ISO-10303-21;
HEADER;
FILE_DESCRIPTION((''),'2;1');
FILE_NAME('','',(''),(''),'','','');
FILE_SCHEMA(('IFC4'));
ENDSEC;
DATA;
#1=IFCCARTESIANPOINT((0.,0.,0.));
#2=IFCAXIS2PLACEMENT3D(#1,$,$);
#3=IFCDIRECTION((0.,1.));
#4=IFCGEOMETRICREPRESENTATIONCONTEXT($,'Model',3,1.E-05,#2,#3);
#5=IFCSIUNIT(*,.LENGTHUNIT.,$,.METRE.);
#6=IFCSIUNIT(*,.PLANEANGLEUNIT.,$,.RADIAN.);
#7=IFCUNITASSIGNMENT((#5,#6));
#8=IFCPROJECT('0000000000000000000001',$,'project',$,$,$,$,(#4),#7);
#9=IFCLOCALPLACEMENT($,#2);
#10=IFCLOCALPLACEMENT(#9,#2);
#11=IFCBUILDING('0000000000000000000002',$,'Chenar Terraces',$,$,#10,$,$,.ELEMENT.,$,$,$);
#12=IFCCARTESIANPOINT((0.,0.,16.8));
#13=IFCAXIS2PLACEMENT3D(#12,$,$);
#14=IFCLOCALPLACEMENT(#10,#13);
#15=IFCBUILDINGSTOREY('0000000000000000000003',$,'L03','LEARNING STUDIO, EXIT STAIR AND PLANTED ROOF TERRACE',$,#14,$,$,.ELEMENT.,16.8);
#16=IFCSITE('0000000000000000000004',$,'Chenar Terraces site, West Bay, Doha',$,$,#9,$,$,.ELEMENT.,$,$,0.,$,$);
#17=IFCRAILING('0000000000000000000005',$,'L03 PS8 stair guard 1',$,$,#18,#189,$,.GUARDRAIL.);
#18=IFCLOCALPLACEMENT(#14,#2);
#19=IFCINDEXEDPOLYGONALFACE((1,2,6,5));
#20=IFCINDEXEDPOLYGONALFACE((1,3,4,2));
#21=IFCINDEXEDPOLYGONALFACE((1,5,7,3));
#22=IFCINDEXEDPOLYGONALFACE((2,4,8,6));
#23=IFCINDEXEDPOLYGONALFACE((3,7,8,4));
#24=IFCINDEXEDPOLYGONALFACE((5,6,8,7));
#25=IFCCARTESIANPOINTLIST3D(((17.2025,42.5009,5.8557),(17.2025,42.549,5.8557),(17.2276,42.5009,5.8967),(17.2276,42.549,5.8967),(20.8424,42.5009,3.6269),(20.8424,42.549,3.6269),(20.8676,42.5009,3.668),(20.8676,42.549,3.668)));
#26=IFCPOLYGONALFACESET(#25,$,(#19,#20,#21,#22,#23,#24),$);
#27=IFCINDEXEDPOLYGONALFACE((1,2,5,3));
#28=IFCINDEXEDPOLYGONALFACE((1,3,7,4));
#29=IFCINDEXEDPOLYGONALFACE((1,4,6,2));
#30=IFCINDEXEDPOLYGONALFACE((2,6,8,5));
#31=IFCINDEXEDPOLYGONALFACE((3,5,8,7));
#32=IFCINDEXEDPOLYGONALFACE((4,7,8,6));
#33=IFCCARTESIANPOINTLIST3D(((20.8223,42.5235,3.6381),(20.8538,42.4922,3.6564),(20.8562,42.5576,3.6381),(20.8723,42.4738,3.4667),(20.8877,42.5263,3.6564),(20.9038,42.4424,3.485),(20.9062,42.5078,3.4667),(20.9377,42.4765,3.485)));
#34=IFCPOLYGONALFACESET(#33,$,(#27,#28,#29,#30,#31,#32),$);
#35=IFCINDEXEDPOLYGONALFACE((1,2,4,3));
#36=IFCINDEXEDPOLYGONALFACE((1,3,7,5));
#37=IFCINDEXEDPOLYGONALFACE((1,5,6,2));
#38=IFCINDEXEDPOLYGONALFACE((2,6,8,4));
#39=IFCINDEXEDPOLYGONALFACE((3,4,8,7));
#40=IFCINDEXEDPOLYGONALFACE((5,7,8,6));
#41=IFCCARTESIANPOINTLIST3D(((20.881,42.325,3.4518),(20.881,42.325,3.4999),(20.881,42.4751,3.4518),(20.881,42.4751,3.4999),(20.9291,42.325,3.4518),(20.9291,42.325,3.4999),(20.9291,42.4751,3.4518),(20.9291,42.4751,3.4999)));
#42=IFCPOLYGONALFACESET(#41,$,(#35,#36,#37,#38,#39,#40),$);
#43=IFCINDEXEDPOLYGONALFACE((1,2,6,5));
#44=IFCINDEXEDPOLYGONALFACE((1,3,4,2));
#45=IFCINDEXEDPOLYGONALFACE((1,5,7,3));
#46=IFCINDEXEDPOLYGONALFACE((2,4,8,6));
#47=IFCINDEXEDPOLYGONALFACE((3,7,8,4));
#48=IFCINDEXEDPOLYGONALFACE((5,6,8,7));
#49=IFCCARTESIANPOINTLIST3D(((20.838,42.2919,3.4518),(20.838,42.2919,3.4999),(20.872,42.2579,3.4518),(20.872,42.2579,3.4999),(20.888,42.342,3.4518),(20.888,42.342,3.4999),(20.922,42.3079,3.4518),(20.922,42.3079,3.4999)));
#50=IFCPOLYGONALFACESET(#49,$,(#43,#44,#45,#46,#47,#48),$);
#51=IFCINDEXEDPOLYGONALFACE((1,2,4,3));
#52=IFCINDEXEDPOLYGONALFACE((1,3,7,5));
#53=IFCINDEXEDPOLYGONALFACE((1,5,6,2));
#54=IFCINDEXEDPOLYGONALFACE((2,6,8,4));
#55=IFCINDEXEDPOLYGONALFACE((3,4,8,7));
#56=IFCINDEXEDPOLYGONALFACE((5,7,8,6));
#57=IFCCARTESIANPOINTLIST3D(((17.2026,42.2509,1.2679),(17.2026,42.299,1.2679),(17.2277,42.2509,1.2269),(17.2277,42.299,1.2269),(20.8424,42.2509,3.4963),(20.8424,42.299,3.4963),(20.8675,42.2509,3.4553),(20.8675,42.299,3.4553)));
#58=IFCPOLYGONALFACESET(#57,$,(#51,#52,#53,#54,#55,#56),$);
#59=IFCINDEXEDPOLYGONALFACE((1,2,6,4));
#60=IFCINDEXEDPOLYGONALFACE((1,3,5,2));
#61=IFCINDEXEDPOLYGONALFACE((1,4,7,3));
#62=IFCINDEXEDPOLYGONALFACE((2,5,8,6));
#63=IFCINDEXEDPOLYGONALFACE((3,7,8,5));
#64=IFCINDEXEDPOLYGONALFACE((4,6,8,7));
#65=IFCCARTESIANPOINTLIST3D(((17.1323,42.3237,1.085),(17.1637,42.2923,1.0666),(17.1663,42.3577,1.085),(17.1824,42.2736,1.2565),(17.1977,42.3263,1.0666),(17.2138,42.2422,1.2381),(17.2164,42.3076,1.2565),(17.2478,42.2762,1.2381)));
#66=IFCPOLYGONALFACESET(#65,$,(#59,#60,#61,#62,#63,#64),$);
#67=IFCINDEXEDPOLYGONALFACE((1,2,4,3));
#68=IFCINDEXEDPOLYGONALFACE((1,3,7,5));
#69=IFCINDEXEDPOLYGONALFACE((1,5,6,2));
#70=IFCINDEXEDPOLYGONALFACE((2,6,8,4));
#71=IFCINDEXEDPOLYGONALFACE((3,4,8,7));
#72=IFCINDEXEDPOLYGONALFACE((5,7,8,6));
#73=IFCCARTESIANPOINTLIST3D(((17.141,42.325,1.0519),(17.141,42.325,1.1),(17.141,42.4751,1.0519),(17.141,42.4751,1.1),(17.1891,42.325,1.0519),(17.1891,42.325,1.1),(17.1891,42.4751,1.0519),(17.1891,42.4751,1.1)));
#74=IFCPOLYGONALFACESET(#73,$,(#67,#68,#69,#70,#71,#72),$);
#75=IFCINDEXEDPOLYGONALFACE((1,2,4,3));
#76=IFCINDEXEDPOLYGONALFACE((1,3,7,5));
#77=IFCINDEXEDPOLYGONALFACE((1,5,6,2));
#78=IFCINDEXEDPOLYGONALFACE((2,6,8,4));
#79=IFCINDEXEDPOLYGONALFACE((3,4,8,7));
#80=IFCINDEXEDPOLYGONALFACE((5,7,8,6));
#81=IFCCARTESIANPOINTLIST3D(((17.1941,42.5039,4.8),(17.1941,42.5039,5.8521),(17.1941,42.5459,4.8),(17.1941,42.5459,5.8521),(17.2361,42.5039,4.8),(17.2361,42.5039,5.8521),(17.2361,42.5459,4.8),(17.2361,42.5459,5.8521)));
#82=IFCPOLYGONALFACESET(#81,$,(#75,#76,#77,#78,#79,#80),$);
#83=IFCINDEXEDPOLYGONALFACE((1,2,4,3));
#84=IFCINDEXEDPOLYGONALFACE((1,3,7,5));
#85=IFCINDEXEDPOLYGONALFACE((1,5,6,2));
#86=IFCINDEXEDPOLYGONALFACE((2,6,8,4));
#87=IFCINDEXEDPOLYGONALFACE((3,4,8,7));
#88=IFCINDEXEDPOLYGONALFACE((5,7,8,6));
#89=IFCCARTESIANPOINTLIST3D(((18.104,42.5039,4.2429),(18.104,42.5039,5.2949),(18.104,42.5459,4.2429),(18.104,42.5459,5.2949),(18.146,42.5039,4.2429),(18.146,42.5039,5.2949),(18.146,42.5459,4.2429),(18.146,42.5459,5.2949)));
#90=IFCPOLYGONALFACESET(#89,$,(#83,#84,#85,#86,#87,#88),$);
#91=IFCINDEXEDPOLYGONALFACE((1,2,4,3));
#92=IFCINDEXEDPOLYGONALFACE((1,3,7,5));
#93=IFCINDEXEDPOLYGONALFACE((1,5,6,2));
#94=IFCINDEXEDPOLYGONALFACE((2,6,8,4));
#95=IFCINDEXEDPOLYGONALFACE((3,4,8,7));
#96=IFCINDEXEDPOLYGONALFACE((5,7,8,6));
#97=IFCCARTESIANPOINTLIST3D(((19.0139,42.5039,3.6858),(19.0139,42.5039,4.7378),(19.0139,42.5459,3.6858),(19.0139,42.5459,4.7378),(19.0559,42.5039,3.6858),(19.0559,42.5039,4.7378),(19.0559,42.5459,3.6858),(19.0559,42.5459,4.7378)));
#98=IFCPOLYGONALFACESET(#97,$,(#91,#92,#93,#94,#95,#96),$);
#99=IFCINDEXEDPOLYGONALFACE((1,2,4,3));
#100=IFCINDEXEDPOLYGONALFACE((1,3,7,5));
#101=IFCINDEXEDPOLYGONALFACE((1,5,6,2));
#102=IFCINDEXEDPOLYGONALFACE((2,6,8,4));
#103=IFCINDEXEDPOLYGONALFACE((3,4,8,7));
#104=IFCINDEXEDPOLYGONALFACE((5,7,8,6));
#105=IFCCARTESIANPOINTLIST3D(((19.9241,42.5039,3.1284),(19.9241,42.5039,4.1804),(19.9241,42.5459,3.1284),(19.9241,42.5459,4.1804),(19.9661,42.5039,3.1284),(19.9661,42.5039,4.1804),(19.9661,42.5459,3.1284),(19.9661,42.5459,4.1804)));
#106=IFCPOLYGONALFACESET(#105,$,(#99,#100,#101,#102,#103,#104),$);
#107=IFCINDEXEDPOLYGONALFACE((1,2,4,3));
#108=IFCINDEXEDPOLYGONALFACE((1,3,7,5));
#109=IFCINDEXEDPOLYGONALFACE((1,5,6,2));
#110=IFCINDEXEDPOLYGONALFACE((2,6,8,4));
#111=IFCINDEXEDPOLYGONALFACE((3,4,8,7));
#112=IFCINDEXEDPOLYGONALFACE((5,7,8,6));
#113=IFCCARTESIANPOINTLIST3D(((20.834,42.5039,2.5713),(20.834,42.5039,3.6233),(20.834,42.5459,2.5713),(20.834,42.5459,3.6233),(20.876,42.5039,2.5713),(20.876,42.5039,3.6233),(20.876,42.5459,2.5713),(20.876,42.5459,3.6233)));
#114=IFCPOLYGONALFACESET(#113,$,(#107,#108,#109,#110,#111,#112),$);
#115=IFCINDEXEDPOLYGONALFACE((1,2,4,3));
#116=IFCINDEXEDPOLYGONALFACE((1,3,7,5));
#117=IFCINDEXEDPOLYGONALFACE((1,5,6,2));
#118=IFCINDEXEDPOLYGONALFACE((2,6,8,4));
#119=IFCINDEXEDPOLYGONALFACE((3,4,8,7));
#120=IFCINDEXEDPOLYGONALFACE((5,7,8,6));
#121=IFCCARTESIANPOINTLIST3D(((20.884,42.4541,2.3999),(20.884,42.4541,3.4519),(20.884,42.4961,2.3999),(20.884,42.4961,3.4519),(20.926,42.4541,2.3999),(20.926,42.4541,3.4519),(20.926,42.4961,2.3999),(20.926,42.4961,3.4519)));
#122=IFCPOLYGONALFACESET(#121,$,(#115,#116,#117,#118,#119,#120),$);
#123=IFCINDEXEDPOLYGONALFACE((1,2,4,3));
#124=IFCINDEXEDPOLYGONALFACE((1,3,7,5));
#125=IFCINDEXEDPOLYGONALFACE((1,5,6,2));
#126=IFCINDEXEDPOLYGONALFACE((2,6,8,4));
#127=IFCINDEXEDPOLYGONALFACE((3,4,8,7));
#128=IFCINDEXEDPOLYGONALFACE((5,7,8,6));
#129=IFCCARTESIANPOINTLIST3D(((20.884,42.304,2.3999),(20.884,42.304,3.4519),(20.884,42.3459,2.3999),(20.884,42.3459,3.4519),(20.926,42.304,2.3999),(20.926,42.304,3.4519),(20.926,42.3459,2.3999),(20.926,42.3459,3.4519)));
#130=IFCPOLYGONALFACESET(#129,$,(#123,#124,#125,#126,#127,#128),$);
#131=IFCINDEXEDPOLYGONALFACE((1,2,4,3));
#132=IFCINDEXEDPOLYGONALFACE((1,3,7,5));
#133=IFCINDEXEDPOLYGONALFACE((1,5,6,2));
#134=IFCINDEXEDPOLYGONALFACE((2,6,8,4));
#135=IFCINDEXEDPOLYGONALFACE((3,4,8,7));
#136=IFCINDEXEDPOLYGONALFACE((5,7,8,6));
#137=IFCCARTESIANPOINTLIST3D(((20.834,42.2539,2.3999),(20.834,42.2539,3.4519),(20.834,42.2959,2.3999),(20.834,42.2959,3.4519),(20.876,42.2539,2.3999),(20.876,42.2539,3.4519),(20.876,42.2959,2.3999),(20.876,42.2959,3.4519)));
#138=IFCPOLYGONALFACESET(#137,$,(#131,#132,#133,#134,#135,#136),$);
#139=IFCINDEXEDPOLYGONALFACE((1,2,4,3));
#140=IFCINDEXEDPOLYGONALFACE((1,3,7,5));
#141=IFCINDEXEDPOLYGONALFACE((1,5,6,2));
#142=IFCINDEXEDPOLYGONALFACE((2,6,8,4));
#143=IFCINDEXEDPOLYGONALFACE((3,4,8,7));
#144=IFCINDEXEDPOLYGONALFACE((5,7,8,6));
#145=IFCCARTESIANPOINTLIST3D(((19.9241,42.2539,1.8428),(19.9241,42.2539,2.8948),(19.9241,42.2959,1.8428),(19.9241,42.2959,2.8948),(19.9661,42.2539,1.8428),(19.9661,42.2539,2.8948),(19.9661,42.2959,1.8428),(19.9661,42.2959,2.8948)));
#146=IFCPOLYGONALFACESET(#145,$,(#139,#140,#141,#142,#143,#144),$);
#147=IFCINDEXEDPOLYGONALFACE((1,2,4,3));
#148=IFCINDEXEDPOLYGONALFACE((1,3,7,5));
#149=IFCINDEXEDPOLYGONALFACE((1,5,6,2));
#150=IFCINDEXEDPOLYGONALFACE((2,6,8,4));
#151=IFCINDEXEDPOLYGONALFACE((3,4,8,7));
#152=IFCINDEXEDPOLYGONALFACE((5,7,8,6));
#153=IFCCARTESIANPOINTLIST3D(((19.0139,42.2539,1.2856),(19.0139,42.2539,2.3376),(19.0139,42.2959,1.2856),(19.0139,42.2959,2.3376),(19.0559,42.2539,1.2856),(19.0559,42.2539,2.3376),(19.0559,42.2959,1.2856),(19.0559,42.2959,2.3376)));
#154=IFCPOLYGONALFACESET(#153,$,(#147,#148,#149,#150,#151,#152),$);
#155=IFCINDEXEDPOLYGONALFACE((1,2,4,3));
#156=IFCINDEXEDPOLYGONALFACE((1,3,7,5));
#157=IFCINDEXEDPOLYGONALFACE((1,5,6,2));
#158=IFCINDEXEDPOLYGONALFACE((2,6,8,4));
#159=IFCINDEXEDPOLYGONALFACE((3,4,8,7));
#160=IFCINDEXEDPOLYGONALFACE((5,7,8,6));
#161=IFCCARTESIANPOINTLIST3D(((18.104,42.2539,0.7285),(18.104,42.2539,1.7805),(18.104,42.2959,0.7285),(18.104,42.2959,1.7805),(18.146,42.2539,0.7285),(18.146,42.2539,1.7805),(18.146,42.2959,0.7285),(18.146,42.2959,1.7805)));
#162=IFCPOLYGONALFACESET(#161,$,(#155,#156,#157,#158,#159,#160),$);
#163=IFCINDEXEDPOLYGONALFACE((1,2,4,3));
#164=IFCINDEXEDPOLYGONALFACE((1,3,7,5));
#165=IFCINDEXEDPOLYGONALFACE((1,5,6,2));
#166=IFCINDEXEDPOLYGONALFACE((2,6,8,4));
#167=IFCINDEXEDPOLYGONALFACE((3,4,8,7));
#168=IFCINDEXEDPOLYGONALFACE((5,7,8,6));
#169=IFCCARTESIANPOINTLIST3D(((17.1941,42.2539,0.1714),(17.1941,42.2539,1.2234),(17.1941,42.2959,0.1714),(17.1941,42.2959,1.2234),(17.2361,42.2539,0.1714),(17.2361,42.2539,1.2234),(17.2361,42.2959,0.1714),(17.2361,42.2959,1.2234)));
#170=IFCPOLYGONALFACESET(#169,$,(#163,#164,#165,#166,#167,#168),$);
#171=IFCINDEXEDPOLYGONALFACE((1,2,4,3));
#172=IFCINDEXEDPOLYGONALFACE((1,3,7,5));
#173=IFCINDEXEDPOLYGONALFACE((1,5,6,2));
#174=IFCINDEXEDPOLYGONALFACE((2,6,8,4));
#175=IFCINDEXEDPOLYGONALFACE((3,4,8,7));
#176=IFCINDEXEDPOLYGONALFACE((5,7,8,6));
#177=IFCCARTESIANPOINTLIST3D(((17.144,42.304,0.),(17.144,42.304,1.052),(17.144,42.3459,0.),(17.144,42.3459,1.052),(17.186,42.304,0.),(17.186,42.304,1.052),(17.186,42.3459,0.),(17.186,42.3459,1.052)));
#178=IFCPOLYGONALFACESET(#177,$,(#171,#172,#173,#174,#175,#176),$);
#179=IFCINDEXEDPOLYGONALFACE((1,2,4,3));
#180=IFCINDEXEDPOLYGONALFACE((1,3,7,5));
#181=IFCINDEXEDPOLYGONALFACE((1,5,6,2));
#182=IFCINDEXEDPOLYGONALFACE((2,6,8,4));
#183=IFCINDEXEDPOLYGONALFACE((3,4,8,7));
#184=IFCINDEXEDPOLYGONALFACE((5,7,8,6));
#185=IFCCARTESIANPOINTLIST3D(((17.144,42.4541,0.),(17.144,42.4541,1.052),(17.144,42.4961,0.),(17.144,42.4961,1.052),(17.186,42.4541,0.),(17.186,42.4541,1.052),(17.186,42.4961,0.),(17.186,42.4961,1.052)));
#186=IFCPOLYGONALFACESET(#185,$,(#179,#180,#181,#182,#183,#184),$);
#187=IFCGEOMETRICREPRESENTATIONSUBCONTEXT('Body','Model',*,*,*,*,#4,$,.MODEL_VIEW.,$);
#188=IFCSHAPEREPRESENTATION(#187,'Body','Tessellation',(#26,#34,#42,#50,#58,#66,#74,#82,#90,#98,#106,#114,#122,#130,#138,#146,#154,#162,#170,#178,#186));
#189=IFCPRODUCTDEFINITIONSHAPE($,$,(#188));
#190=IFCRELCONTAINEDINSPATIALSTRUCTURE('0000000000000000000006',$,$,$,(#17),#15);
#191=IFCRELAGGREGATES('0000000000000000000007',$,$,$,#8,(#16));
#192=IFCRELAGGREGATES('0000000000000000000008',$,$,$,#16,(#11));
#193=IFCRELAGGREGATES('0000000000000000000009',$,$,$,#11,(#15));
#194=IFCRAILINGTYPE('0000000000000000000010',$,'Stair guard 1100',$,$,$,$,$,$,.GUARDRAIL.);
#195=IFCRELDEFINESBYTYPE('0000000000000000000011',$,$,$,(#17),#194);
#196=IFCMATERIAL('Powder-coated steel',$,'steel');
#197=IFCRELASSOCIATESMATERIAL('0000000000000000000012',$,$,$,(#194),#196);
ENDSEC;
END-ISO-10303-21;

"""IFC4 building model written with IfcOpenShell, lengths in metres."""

from ifc_helpers import new_model, si_unit, direction, frame, origin, origin_2d, place, context, subcontext, project, spatial, rectangle, extrude, material, type_object, element, save


model = new_model("IFC4")

# Units and contexts
model_context = context("Model", 3, precision=1e-05, world=origin(), true_north=direction((0.0, 1.0)))
body_context = subcontext(model_context, "Body", "Model", "MODEL_VIEW")
ifc_project = project(units=[si_unit("LENGTHUNIT", "METRE"), si_unit("PLANEANGLEUNIT", "RADIAN")], contexts=[model_context])

# Site, building, storey
site_placement = place(None, origin())
site = spatial("IfcSite", under=ifc_project, at=site_placement, Name="Chenar Terraces site, West Bay, Doha", CompositionType="ELEMENT", RefElevation=0.0)
building_placement = place(site_placement, origin())
building = spatial("IfcBuilding", under=site, at=building_placement, Name="Chenar Terraces", CompositionType="ELEMENT")
storey_placement = place(building_placement, frame((0.0, 0.0, 16.8)))
storey = spatial("IfcBuildingStorey", under=building, at=storey_placement, Name="L03", Description="LEARNING STUDIO, EXIT STAIR AND PLANTED ROOF TERRACE", CompositionType="ELEMENT", Elevation=16.8)

# Railing
ifc_material_1 = material(Name="Powder-coated steel", Category="steel")
railing_type_1 = type_object("IfcRailingType", Name="Stair guard 1100", PredefinedType="GUARDRAIL", material=ifc_material_1)
railing_1_placement = place(storey_placement, frame((17.2151, 42.5249, 4.8)))
element("IfcRailing", 1, at=railing_1_placement, inside=storey, type_object=railing_type_1, Name="L03 PS8 stair guard 1", PredefinedType="GUARDRAIL", context=body_context, shape_type="SweptSolid", body=[
    extrude(rectangle(XDim=0.0481, YDim=0.0481, at=origin_2d()), frame((0.0, 0.0, 1.0762), z_axis=(0.852825, 0.0, -0.522197), x_axis=(0.0, 1.0, 0.0)), (0.0, 0.0, 1.0), 4.2681),
    extrude(rectangle(XDim=0.0481, YDim=0.0481, at=origin_2d()), frame((3.6399, 0.0, -1.1528), z_axis=(0.270007, -0.26869, -0.924609), x_axis=(0.705376, 0.708834, 0.0)), (0.0, 0.0, 1.0), 0.1853),
    extrude(rectangle(XDim=0.0481, YDim=0.0481, at=origin_2d()), frame((3.6899, -0.0498, -1.3242), z_axis=(0.0, -1.0, 0.0), x_axis=(1.0, 0.0, 0.0)), (0.0, 0.0, 1.0), 0.1501),
    extrude(rectangle(XDim=0.0481, YDim=0.0481, at=origin_2d()), frame((3.6899, -0.2, -1.3242), z_axis=(-0.707107, -0.707107, 0.0), x_axis=(0.707107, -0.707107, 0.0)), (0.0, 0.0, 1.0), 0.0708),
    extrude(rectangle(XDim=0.0481, YDim=0.0481, at=origin_2d()), frame((3.6399, -0.25, -1.3242), z_axis=(-0.85285, 0.0, -0.522156), x_axis=(0.0, -1.0, 0.0)), (0.0, 0.0, 1.0), 4.2678),
    extrude(rectangle(XDim=0.0481, YDim=0.0481, at=origin_2d()), frame((0.0, -0.25, -3.5527), z_axis=(-0.269911, 0.269911, -0.924281), x_axis=(-0.707107, -0.707107, 0.0)), (0.0, 0.0, 1.0), 0.1855),
    extrude(rectangle(XDim=0.0481, YDim=0.0481, at=origin_2d()), frame((-0.05, -0.2, -3.7241), z_axis=(0.0, 1.0, 0.0), x_axis=(-1.0, 0.0, 0.0)), (0.0, 0.0, 1.0), 0.1501),
    extrude(rectangle(XDim=0.042, YDim=0.042, at=origin_2d()), origin(), (0.0, 0.0, 1.0), 1.052),
    extrude(rectangle(XDim=0.042, YDim=0.042, at=origin_2d()), frame((0.9099, 0.0, -0.5571)), (0.0, 0.0, 1.0), 1.052),
    extrude(rectangle(XDim=0.042, YDim=0.042, at=origin_2d()), frame((1.8198, 0.0, -1.1143)), (0.0, 0.0, 1.0), 1.052),
    extrude(rectangle(XDim=0.042, YDim=0.042, at=origin_2d()), frame((2.73, 0.0, -1.6716)), (0.0, 0.0, 1.0), 1.052),
    extrude(rectangle(XDim=0.042, YDim=0.042, at=origin_2d()), frame((3.6399, 0.0, -2.2288)), (0.0, 0.0, 1.0), 1.052),
    extrude(rectangle(XDim=0.042, YDim=0.042, at=origin_2d()), frame((3.6899, -0.0498, -2.4001)), (0.0, 0.0, 1.0), 1.052),
    extrude(rectangle(XDim=0.042, YDim=0.042, at=origin_2d()), frame((3.6899, -0.2, -2.4001)), (0.0, 0.0, 1.0), 1.052),
    extrude(rectangle(XDim=0.042, YDim=0.042, at=origin_2d()), frame((3.6399, -0.25, -2.4001)), (0.0, 0.0, 1.0), 1.052),
    extrude(rectangle(XDim=0.042, YDim=0.042, at=origin_2d()), frame((2.73, -0.25, -2.9573)), (0.0, 0.0, 1.0), 1.052),
    extrude(rectangle(XDim=0.042, YDim=0.042, at=origin_2d()), frame((1.8198, -0.25, -3.5144)), (0.0, 0.0, 1.0), 1.052),
    extrude(rectangle(XDim=0.042, YDim=0.042, at=origin_2d()), frame((0.9099, -0.25, -4.0715)), (0.0, 0.0, 1.0), 1.052),
    extrude(rectangle(XDim=0.042, YDim=0.042, at=origin_2d()), frame((0.0, -0.25, -4.6287)), (0.0, 0.0, 1.0), 1.052),
    extrude(rectangle(XDim=0.042, YDim=0.042, at=origin_2d()), frame((-0.05, -0.2, -4.8)), (0.0, 0.0, 1.0), 1.052),
    extrude(rectangle(XDim=0.042, YDim=0.042, at=origin_2d()), frame((-0.05, -0.0498, -4.8)), (0.0, 0.0, 1.0), 1.052),
])

save(model, "model.ifc")
